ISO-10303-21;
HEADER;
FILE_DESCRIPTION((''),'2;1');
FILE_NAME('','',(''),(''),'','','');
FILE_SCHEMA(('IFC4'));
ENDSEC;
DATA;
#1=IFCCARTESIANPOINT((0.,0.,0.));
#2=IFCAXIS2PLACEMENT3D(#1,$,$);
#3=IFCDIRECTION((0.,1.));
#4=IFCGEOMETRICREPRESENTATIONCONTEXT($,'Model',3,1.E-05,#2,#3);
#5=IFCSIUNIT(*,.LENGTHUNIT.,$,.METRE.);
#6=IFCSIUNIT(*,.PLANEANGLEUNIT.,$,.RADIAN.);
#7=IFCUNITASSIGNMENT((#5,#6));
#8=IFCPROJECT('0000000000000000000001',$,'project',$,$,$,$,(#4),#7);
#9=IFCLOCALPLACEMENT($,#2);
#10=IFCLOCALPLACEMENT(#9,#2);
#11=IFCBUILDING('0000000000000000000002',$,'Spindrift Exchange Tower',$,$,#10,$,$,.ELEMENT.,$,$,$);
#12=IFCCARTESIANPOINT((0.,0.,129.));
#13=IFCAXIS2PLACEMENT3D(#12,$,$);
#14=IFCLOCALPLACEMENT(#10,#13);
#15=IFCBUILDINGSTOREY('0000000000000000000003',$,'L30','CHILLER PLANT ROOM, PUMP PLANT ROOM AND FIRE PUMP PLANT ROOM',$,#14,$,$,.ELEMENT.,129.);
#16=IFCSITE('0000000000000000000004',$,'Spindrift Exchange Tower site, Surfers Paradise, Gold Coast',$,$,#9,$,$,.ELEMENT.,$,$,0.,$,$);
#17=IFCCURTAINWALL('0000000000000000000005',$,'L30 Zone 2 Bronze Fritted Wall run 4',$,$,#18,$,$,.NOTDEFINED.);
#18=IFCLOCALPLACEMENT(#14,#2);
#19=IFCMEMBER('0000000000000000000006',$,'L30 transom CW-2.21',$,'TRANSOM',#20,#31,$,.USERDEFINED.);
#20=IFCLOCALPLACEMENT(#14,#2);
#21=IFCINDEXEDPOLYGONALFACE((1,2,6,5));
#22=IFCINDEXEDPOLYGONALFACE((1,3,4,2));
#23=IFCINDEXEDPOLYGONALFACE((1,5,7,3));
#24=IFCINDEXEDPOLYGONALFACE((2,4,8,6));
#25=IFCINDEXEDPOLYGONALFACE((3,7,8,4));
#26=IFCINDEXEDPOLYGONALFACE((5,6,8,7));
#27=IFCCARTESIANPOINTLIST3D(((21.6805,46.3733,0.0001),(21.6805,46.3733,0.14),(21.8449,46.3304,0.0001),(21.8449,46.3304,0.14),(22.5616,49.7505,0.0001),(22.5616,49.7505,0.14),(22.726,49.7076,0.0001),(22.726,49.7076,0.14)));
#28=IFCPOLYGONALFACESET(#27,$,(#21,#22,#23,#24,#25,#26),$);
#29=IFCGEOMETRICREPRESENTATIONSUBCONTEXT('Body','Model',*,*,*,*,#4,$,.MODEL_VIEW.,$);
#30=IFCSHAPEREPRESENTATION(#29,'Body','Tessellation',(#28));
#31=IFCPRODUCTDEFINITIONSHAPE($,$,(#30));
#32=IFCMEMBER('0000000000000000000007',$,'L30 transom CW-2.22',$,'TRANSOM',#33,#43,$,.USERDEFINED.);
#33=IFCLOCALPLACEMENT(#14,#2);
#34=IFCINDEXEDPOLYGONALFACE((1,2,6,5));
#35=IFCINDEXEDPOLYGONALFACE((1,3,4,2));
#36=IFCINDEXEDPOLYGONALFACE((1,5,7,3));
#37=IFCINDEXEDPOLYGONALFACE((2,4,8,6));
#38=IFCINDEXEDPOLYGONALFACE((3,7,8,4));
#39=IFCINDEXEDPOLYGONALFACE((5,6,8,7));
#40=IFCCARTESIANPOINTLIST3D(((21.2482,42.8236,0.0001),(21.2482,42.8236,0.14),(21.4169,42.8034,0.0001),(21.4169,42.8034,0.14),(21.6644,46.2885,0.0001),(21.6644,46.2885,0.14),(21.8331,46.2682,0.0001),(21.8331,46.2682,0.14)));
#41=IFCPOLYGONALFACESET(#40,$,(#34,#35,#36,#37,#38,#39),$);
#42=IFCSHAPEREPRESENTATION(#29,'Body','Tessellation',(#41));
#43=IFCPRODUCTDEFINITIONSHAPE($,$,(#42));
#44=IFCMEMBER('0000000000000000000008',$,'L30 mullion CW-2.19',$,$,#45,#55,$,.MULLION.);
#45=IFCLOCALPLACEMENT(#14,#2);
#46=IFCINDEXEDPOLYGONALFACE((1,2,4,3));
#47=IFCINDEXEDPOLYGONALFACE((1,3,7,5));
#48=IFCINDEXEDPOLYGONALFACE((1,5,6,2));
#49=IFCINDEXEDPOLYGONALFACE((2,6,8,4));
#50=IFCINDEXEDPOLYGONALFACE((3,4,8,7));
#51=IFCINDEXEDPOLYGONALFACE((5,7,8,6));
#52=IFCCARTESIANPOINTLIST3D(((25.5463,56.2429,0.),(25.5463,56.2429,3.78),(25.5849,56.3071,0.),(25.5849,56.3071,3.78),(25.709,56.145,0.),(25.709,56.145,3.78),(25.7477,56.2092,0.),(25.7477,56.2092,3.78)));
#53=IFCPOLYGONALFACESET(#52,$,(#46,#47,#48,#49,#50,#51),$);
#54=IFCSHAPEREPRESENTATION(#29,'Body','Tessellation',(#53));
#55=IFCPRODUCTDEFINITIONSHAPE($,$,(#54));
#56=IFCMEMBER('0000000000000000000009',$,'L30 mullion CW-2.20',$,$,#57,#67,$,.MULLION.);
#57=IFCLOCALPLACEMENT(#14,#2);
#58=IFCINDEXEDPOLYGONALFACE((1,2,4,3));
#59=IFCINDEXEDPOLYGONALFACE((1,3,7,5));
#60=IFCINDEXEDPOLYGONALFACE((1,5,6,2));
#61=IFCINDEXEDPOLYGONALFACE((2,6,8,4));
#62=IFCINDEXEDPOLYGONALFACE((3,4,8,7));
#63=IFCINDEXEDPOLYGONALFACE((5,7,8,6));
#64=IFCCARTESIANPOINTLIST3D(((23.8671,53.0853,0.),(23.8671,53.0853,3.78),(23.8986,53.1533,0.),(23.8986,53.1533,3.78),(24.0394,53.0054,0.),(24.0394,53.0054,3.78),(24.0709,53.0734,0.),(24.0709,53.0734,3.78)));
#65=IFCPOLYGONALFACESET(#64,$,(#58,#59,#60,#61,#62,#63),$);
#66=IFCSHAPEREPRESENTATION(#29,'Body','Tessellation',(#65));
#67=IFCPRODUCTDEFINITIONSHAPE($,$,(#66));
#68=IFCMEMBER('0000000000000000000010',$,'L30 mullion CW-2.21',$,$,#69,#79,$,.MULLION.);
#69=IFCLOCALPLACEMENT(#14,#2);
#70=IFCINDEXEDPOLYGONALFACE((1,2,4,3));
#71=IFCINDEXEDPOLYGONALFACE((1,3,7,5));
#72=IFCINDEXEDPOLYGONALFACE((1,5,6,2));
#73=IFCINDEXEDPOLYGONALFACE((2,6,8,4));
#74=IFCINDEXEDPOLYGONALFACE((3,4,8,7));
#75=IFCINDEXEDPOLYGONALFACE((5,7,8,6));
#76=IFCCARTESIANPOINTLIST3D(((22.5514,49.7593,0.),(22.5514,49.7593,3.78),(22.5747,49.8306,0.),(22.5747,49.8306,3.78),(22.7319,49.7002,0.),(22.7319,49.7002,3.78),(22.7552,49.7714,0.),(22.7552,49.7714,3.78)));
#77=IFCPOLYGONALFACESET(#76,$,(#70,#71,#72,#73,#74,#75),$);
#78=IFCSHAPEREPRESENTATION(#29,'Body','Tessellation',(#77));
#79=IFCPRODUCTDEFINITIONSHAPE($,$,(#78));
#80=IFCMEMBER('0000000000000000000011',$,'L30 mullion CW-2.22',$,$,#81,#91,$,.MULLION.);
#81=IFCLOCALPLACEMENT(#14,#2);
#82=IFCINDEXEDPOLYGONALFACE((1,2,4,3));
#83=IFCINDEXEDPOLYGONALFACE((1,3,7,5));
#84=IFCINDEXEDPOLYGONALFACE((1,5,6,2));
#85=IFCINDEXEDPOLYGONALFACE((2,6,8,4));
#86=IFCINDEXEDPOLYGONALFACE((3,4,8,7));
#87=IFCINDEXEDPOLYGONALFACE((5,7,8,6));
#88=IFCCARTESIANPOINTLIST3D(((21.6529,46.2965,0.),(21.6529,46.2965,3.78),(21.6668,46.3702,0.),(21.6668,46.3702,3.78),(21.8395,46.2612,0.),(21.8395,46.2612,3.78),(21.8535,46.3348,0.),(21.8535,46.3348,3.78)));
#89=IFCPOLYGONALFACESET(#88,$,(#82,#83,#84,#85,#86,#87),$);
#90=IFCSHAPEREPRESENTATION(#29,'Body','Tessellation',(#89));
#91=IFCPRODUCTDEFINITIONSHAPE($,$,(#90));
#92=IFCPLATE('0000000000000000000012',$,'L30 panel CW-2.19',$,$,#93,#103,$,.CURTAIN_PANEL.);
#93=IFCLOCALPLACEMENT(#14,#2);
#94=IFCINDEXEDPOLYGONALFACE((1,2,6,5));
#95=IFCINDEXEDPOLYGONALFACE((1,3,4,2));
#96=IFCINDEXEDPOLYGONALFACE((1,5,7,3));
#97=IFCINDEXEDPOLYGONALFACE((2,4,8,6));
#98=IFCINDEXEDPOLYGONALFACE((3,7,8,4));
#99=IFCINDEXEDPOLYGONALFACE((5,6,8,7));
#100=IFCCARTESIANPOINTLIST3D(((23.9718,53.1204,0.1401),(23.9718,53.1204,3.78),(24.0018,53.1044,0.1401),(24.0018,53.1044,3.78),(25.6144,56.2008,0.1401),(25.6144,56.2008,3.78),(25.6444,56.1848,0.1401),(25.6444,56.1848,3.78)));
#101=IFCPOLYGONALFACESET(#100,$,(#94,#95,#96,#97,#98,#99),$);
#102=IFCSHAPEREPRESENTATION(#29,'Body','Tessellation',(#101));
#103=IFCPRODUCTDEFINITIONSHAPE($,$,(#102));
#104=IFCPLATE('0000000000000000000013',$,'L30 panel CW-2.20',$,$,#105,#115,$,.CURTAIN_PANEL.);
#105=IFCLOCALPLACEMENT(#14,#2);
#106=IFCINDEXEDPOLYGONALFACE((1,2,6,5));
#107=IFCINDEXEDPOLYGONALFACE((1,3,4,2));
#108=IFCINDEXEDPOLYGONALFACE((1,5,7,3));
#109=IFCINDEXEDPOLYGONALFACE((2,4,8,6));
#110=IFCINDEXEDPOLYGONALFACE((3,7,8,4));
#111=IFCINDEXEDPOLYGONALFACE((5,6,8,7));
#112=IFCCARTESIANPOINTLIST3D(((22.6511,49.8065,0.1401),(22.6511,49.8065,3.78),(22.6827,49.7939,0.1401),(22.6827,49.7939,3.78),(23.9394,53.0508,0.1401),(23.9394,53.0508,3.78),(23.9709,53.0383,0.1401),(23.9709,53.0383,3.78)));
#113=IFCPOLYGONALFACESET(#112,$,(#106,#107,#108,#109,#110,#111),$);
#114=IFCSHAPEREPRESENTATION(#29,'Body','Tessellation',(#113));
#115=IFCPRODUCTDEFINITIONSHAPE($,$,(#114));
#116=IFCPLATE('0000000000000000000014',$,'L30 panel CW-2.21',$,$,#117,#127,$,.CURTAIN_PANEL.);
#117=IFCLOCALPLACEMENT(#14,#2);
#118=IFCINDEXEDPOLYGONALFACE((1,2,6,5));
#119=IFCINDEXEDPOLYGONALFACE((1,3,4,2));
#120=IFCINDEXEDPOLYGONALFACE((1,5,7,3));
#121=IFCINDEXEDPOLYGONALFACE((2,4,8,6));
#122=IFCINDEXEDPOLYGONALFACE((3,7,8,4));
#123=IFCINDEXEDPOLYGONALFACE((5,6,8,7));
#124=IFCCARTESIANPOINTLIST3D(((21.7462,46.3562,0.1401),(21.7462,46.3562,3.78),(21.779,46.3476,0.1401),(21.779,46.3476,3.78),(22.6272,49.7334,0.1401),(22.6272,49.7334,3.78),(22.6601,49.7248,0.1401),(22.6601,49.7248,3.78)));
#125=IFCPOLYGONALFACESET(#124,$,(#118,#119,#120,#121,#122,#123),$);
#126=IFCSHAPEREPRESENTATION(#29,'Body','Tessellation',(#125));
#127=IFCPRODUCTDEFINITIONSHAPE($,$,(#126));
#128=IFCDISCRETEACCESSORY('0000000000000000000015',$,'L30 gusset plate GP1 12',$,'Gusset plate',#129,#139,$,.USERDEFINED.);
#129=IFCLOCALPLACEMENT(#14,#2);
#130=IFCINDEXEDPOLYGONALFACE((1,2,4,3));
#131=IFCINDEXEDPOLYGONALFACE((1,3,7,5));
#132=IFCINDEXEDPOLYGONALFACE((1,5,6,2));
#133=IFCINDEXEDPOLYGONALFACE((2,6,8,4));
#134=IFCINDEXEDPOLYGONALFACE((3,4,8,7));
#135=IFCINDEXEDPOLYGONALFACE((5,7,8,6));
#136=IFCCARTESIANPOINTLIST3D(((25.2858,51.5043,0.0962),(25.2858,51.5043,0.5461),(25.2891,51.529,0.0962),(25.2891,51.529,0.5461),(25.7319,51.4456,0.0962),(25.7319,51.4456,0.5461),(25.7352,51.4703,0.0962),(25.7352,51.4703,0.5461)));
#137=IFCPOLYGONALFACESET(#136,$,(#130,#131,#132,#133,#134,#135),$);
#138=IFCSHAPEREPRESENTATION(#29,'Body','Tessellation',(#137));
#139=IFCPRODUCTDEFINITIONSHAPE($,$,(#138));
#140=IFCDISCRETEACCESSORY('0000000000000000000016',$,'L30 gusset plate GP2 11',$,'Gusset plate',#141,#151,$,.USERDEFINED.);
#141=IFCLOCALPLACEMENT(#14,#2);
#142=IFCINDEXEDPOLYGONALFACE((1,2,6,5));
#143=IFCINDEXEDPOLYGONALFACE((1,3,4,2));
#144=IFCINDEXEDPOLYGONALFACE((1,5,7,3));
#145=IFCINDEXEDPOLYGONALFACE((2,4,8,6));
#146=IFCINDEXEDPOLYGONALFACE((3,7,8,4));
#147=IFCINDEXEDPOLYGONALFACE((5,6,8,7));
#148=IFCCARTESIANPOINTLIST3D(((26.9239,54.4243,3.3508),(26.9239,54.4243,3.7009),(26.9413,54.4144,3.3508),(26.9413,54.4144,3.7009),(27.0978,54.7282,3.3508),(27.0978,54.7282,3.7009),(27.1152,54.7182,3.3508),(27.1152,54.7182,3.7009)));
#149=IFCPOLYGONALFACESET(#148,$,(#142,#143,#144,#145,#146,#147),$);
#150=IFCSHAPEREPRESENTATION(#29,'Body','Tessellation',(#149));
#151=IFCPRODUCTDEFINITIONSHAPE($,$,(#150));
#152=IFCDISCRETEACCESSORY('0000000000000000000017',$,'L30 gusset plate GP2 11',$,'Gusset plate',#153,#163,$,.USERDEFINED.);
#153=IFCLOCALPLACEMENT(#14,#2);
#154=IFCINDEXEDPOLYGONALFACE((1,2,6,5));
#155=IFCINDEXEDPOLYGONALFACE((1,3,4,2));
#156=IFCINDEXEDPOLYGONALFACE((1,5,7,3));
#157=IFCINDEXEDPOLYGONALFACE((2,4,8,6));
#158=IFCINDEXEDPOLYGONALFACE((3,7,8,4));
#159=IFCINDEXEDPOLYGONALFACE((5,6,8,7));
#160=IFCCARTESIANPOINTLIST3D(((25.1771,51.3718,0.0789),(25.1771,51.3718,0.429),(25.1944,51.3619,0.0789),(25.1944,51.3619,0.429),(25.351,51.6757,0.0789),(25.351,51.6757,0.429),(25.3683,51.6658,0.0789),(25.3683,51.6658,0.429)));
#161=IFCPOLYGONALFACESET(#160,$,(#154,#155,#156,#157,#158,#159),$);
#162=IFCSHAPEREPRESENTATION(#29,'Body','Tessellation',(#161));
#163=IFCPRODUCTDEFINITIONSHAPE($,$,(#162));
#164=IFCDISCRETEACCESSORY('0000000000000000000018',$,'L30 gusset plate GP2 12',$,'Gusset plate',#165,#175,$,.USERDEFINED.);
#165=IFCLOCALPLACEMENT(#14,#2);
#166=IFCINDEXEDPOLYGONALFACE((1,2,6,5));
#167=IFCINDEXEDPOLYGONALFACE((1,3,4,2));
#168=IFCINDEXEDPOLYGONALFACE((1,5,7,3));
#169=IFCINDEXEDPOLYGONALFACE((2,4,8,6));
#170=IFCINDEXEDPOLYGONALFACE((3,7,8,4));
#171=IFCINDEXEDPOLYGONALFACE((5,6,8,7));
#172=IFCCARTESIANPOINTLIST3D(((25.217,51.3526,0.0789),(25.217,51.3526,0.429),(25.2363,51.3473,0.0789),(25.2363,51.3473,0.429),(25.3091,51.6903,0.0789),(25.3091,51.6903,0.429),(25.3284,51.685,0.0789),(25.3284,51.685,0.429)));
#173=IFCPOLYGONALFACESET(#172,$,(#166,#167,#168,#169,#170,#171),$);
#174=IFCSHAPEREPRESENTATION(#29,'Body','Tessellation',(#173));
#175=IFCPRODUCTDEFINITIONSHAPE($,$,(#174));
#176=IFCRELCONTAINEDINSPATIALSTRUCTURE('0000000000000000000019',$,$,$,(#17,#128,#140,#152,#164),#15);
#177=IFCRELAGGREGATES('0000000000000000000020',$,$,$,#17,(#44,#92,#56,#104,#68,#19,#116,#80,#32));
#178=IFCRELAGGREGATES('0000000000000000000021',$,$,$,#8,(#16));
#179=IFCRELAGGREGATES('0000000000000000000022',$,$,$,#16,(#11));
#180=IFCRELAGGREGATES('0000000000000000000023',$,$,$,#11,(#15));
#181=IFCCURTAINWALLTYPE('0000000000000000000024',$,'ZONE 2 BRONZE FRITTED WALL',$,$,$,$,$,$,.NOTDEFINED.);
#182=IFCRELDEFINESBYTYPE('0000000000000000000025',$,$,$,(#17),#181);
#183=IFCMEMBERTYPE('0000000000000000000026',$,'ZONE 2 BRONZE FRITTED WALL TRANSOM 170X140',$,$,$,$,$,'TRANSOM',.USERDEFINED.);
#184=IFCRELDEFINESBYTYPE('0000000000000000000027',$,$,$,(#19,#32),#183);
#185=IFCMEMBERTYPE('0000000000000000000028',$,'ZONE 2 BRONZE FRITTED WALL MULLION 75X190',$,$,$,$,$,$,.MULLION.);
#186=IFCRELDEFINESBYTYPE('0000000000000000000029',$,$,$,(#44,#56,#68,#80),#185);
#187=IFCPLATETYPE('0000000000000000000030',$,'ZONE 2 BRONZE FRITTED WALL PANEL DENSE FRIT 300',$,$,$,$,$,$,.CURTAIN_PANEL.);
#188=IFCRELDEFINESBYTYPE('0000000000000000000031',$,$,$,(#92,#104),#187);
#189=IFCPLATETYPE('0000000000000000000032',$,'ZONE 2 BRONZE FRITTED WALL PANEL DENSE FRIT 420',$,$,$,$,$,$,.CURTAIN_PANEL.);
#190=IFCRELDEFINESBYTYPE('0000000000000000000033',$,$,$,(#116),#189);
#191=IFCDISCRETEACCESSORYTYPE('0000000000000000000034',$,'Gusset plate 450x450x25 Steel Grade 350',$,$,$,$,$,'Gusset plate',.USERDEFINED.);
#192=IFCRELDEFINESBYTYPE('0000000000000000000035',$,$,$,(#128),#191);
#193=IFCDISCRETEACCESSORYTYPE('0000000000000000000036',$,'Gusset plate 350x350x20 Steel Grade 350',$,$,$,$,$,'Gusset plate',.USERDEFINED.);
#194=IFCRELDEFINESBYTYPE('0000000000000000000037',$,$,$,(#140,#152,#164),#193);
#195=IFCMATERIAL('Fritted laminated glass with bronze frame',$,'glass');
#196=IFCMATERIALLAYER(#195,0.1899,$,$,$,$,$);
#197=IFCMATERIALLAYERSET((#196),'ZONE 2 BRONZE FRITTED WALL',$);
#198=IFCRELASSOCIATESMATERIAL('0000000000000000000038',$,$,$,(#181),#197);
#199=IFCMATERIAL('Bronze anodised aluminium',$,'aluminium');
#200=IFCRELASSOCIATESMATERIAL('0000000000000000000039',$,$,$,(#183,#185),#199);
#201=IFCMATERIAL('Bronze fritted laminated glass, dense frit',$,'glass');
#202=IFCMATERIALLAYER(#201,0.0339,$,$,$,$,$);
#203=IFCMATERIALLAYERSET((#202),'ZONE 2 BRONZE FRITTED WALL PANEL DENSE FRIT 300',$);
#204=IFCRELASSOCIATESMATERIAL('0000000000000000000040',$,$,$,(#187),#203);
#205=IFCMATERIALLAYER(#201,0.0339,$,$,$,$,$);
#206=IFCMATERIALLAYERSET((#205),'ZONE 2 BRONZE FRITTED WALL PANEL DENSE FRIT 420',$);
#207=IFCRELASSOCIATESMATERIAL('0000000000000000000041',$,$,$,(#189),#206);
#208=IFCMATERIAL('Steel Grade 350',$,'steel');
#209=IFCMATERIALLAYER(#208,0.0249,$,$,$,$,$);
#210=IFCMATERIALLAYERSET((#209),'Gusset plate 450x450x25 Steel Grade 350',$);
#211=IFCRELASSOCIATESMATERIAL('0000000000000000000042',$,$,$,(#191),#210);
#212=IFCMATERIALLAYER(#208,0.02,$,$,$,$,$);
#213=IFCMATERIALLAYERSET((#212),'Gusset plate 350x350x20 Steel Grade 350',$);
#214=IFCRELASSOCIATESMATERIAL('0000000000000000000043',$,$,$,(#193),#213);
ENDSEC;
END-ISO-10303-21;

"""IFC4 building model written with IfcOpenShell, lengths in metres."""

from ifc_helpers import new_model, si_unit, direction, frame, origin, origin_2d, place, context, subcontext, project, spatial, rectangle, extrude, source, transform, mapped, material, layer, layer_set, material_profile, profile_set, type_object, element, aggregate, save


model = new_model("IFC4")

# Units and contexts
model_context = context("Model", 3, precision=1e-05, world=origin(), true_north=direction((0.0, 1.0)))
body_context = subcontext(model_context, "Body", "Model", "MODEL_VIEW")
ifc_project = project(units=[si_unit("LENGTHUNIT", "METRE"), si_unit("PLANEANGLEUNIT", "RADIAN")], contexts=[model_context])

# Site, building, storey
site_placement = place(None, origin())
site = spatial("IfcSite", under=ifc_project, at=site_placement, Name="Spindrift Exchange Tower site, Surfers Paradise, Gold Coast", CompositionType="ELEMENT", RefElevation=0.0)
building_placement = place(site_placement, origin())
building = spatial("IfcBuilding", under=site, at=building_placement, Name="Spindrift Exchange Tower", CompositionType="ELEMENT")
storey_placement = place(building_placement, frame((0.0, 0.0, 129.0)))
storey = spatial("IfcBuildingStorey", under=building, at=storey_placement, Name="L30", Description="CHILLER PLANT ROOM, PUMP PLANT ROOM AND FIRE PUMP PLANT ROOM", CompositionType="ELEMENT", Elevation=129.0)

# Shared definitions
ifc_material_1 = material(Name="Steel Grade 350", Category="steel")

# Curtain wall, members, plates
ifc_material_2 = material(Name="Fritted laminated glass with bronze frame", Category="glass")
ifc_layer_1 = layer(ifc_material_2, 0.1899)
ifc_layer_set_1 = layer_set([ifc_layer_1], Name="ZONE 2 BRONZE FRITTED WALL")
curtain_wall_type = type_object("IfcCurtainWallType", Name="ZONE 2 BRONZE FRITTED WALL", PredefinedType="NOTDEFINED", material=ifc_layer_set_1)
curtain_wall_placement = place(storey_placement, origin())
curtain_wall = element("IfcCurtainWall", 1, at=curtain_wall_placement, inside=storey, type_object=curtain_wall_type, Name="L30 Zone 2 Bronze Fritted Wall run 4", PredefinedType="NOTDEFINED")
ifc_material_3 = material(Name="Bronze anodised aluminium", Category="aluminium")
ifc_material_profile_1 = material_profile(ifc_material_3, rectangle(XDim=0.1699, YDim=0.1399, at=origin_2d()), Name="ZONE 2 BRONZE FRITTED WALL TRANSOM 170X140")
ifc_profile_set_1 = profile_set([ifc_material_profile_1], Name="Bronze anodised aluminium")
member_type_1 = type_object("IfcMemberType", Name="ZONE 2 BRONZE FRITTED WALL TRANSOM 170X140", ElementType="TRANSOM", PredefinedType="USERDEFINED", material=ifc_profile_set_1)
shared_shape_1 = source(origin(), body_context, "Body", "SweptSolid", [
    extrude(rectangle(XDim=0.1699, YDim=0.1399, at=origin_2d()), origin(), (0.0, 0.0, 1.0), 3.4902),
])
member_1_placement = place(storey_placement, frame((22.6438, 49.729, 0.0701), z_axis=(-0.252448, -0.967611, 0.0), x_axis=(0.967611, -0.252448, 0.0)))
member_1 = element("IfcMember", 2, at=member_1_placement, type_object=member_type_1, Name="L30 transom CW-2.21", ObjectType="TRANSOM", PredefinedType="USERDEFINED", context=body_context, shape_type="MappedRepresentation", body=[
    mapped(shared_shape_1, transform((0.0, 0.0, 0.0), scale=1.0)),
])
shared_shape_2 = source(origin(), body_context, "Body", "SweptSolid", [
    extrude(rectangle(XDim=0.1699, YDim=0.1399, at=origin_2d()), origin(), (0.0, 0.0, 1.0), 3.4897),
])
member_2_placement = place(storey_placement, frame((21.7488, 46.2783, 0.0701), z_axis=(-0.11928, -0.992861, 0.0), x_axis=(0.992861, -0.11928, 0.0)))
member_2 = element("IfcMember", 3, at=member_2_placement, type_object=member_type_1, Name="L30 transom CW-2.22", ObjectType="TRANSOM", PredefinedType="USERDEFINED", context=body_context, shape_type="MappedRepresentation", body=[
    mapped(shared_shape_2, transform((0.0, 0.0, 0.0), scale=1.0)),
])
ifc_material_profile_2 = material_profile(ifc_material_3, rectangle(XDim=0.075, YDim=0.1899, at=origin_2d()), Name="ZONE 2 BRONZE FRITTED WALL MULLION 75X190")
ifc_profile_set_2 = profile_set([ifc_material_profile_2], Name="Bronze anodised aluminium")
member_type_2 = type_object("IfcMemberType", Name="ZONE 2 BRONZE FRITTED WALL MULLION 75X190", PredefinedType="MULLION", material=ifc_profile_set_2)
shared_shape_3 = source(origin(), body_context, "Body", "SweptSolid", [
    extrude(rectangle(XDim=0.075, YDim=0.1899, at=origin_2d()), origin(), (0.0, 0.0, 1.0), 3.78),
])
member_3_placement = place(storey_placement, frame((25.647, 56.2261, 0.0), z_axis=(0.0, 0.0, 1.0), x_axis=(-0.515381, -0.856961, 0.0)))
member_3 = element("IfcMember", 4, at=member_3_placement, type_object=member_type_2, Name="L30 mullion CW-2.19", PredefinedType="MULLION", context=body_context, shape_type="MappedRepresentation", body=[
    mapped(shared_shape_3, transform((0.0, 0.0, 0.0), scale=1.0)),
])
member_4_placement = place(storey_placement, frame((23.969, 53.0793, 0.0), z_axis=(0.0, 0.0, 1.0), x_axis=(-0.420443, -0.907319, 0.0)))
member_4 = element("IfcMember", 5, at=member_4_placement, type_object=member_type_2, Name="L30 mullion CW-2.20", PredefinedType="MULLION", context=body_context, shape_type="MappedRepresentation", body=[
    mapped(shared_shape_3, transform((0.0, 0.0, 0.0), scale=1.0)),
])
member_5_placement = place(storey_placement, frame((22.6533, 49.7654, 0.0), z_axis=(0.0, 0.0, 1.0), x_axis=(-0.311326, -0.950303, 0.0)))
member_5 = element("IfcMember", 6, at=member_5_placement, type_object=member_type_2, Name="L30 mullion CW-2.21", PredefinedType="MULLION", context=body_context, shape_type="MappedRepresentation", body=[
    mapped(shared_shape_3, transform((0.0, 0.0, 0.0), scale=1.0)),
])
member_6_placement = place(storey_placement, frame((21.7532, 46.3157, 0.0), z_axis=(0.0, 0.0, 1.0), x_axis=(-0.186272, -0.982498, 0.0)))
member_6 = element("IfcMember", 7, at=member_6_placement, type_object=member_type_2, Name="L30 mullion CW-2.22", PredefinedType="MULLION", context=body_context, shape_type="MappedRepresentation", body=[
    mapped(shared_shape_3, transform((0.0, 0.0, 0.0), scale=1.0)),
])
ifc_material_4 = material(Name="Bronze fritted laminated glass, dense frit", Category="glass")
ifc_layer_2 = layer(ifc_material_4, 0.0339)
ifc_layer_set_2 = layer_set([ifc_layer_2], Name="ZONE 2 BRONZE FRITTED WALL PANEL DENSE FRIT 300")
plate_type_1 = type_object("IfcPlateType", Name="ZONE 2 BRONZE FRITTED WALL PANEL DENSE FRIT 300", PredefinedType="CURTAIN_PANEL", material=ifc_layer_set_2)
shared_shape_4 = source(origin(), body_context, "Body", "SweptSolid", [
    extrude(rectangle(XDim=3.491, YDim=0.0339, at=origin_2d()), origin(), (0.0, 0.0, 1.0), 3.6399),
])
plate_1_placement = place(storey_placement, frame((24.8081, 54.6526, 0.1401), z_axis=(0.0, 0.0, 1.0), x_axis=(-0.470525, -0.882387, 0.0)))
plate_1 = element("IfcPlate", 8, at=plate_1_placement, type_object=plate_type_1, Name="L30 panel CW-2.19", PredefinedType="CURTAIN_PANEL", context=body_context, shape_type="MappedRepresentation", body=[
    mapped(shared_shape_4, transform((0.0, 0.0, 0.0), scale=1.0)),
])
shared_shape_5 = source(origin(), body_context, "Body", "SweptSolid", [
    extrude(rectangle(XDim=3.4907, YDim=0.0339, at=origin_2d()), origin(), (0.0, 0.0, 1.0), 3.6399),
])
plate_2_placement = place(storey_placement, frame((23.311, 51.4224, 0.1401), z_axis=(0.0, 0.0, 1.0), x_axis=(-0.369044, -0.929412, 0.0)))
plate_2 = element("IfcPlate", 9, at=plate_2_placement, type_object=plate_type_1, Name="L30 panel CW-2.20", PredefinedType="CURTAIN_PANEL", context=body_context, shape_type="MappedRepresentation", body=[
    mapped(shared_shape_5, transform((0.0, 0.0, 0.0), scale=1.0)),
])
ifc_layer_3 = layer(ifc_material_4, 0.0339)
ifc_layer_set_3 = layer_set([ifc_layer_3], Name="ZONE 2 BRONZE FRITTED WALL PANEL DENSE FRIT 420")
plate_type_2 = type_object("IfcPlateType", Name="ZONE 2 BRONZE FRITTED WALL PANEL DENSE FRIT 420", PredefinedType="CURTAIN_PANEL", material=ifc_layer_set_3)
shared_shape_6 = source(origin(), body_context, "Body", "SweptSolid", [
    extrude(rectangle(XDim=3.4902, YDim=0.0339, at=origin_2d()), origin(), (0.0, 0.0, 1.0), 3.6399),
])
plate_3_placement = place(storey_placement, frame((22.2031, 48.0405, 0.1401), z_axis=(0.0, 0.0, 1.0), x_axis=(-0.252436, -0.967614, 0.0)))
plate_3 = element("IfcPlate", 10, at=plate_3_placement, type_object=plate_type_2, Name="L30 panel CW-2.21", PredefinedType="CURTAIN_PANEL", context=body_context, shape_type="MappedRepresentation", body=[
    mapped(shared_shape_6, transform((0.0, 0.0, 0.0), scale=1.0)),
])
aggregate(curtain_wall, [member_3, plate_1, member_4, plate_2, member_5, member_1, plate_3, member_6, member_2])

# Discrete accessories
ifc_layer_4 = layer(ifc_material_1, 0.0249)
ifc_layer_set_4 = layer_set([ifc_layer_4], Name="Gusset plate 450x450x25 Steel Grade 350")
discrete_accessory_type_1 = type_object("IfcDiscreteAccessoryType", Name="Gusset plate 450x450x25 Steel Grade 350", ElementType="Gusset plate", PredefinedType="USERDEFINED", material=ifc_layer_set_4)
shared_shape_7 = source(origin(), body_context, "Body", "SweptSolid", [
    extrude(rectangle(XDim=0.45, YDim=0.0249, at=origin_2d()), origin(), (0.0, 0.0, 1.0), 0.45),
])
discrete_accessory_placement = place(storey_placement, frame((25.5105, 51.4873, 0.0962), z_axis=(0.0, 0.0, 1.0), x_axis=(-0.991444, 0.130533, 0.0)))
element("IfcDiscreteAccessory", 11, at=discrete_accessory_placement, inside=storey, type_object=discrete_accessory_type_1, Name="L30 gusset plate GP1 12", ObjectType="Gusset plate", PredefinedType="USERDEFINED", context=body_context, shape_type="MappedRepresentation", body=[
    mapped(shared_shape_7, transform((0.0, 0.0, 0.0), scale=1.0)),
])
ifc_layer_5 = layer(ifc_material_1, 0.02)
ifc_layer_set_5 = layer_set([ifc_layer_5], Name="Gusset plate 350x350x20 Steel Grade 350")
discrete_accessory_type_2 = type_object("IfcDiscreteAccessoryType", Name="Gusset plate 350x350x20 Steel Grade 350", ElementType="Gusset plate", PredefinedType="USERDEFINED", material=ifc_layer_set_5)
shared_shape_8 = source(origin(), body_context, "Body", "SweptSolid", [
    extrude(rectangle(XDim=0.3501, YDim=0.02, at=origin_2d()), origin(), (0.0, 0.0, 1.0), 0.3501),
])
for number, where, z_axis, x_axis, name in (
    (12, (27.0195, 54.5713, 3.3508), (0.0, 0.0, 1.0), (-0.496677, -0.867935, 0.0), "L30 gusset plate GP2 11"),
    (13, (25.2727, 51.5188, 0.0789), (0.0, 0.0, 1.0), (-0.4967, -0.867922, 0.0), "L30 gusset plate GP2 11"),
    (14, (25.2727, 51.5188, 0.0789), (0.0, 0.0, 1.0), (-0.26324, -0.96473, 0.0), "L30 gusset plate GP2 12"),
):
    element("IfcDiscreteAccessory", number, at=place(storey_placement, frame(where, z_axis=z_axis, x_axis=x_axis)), inside=storey, type_object=discrete_accessory_type_2, Name=name, ObjectType="Gusset plate", PredefinedType="USERDEFINED", context=body_context, shape_type="MappedRepresentation", body=[
        mapped(shared_shape_8, transform((0.0, 0.0, 0.0), scale=1.0)),
    ])

save(model, "model.ifc")
